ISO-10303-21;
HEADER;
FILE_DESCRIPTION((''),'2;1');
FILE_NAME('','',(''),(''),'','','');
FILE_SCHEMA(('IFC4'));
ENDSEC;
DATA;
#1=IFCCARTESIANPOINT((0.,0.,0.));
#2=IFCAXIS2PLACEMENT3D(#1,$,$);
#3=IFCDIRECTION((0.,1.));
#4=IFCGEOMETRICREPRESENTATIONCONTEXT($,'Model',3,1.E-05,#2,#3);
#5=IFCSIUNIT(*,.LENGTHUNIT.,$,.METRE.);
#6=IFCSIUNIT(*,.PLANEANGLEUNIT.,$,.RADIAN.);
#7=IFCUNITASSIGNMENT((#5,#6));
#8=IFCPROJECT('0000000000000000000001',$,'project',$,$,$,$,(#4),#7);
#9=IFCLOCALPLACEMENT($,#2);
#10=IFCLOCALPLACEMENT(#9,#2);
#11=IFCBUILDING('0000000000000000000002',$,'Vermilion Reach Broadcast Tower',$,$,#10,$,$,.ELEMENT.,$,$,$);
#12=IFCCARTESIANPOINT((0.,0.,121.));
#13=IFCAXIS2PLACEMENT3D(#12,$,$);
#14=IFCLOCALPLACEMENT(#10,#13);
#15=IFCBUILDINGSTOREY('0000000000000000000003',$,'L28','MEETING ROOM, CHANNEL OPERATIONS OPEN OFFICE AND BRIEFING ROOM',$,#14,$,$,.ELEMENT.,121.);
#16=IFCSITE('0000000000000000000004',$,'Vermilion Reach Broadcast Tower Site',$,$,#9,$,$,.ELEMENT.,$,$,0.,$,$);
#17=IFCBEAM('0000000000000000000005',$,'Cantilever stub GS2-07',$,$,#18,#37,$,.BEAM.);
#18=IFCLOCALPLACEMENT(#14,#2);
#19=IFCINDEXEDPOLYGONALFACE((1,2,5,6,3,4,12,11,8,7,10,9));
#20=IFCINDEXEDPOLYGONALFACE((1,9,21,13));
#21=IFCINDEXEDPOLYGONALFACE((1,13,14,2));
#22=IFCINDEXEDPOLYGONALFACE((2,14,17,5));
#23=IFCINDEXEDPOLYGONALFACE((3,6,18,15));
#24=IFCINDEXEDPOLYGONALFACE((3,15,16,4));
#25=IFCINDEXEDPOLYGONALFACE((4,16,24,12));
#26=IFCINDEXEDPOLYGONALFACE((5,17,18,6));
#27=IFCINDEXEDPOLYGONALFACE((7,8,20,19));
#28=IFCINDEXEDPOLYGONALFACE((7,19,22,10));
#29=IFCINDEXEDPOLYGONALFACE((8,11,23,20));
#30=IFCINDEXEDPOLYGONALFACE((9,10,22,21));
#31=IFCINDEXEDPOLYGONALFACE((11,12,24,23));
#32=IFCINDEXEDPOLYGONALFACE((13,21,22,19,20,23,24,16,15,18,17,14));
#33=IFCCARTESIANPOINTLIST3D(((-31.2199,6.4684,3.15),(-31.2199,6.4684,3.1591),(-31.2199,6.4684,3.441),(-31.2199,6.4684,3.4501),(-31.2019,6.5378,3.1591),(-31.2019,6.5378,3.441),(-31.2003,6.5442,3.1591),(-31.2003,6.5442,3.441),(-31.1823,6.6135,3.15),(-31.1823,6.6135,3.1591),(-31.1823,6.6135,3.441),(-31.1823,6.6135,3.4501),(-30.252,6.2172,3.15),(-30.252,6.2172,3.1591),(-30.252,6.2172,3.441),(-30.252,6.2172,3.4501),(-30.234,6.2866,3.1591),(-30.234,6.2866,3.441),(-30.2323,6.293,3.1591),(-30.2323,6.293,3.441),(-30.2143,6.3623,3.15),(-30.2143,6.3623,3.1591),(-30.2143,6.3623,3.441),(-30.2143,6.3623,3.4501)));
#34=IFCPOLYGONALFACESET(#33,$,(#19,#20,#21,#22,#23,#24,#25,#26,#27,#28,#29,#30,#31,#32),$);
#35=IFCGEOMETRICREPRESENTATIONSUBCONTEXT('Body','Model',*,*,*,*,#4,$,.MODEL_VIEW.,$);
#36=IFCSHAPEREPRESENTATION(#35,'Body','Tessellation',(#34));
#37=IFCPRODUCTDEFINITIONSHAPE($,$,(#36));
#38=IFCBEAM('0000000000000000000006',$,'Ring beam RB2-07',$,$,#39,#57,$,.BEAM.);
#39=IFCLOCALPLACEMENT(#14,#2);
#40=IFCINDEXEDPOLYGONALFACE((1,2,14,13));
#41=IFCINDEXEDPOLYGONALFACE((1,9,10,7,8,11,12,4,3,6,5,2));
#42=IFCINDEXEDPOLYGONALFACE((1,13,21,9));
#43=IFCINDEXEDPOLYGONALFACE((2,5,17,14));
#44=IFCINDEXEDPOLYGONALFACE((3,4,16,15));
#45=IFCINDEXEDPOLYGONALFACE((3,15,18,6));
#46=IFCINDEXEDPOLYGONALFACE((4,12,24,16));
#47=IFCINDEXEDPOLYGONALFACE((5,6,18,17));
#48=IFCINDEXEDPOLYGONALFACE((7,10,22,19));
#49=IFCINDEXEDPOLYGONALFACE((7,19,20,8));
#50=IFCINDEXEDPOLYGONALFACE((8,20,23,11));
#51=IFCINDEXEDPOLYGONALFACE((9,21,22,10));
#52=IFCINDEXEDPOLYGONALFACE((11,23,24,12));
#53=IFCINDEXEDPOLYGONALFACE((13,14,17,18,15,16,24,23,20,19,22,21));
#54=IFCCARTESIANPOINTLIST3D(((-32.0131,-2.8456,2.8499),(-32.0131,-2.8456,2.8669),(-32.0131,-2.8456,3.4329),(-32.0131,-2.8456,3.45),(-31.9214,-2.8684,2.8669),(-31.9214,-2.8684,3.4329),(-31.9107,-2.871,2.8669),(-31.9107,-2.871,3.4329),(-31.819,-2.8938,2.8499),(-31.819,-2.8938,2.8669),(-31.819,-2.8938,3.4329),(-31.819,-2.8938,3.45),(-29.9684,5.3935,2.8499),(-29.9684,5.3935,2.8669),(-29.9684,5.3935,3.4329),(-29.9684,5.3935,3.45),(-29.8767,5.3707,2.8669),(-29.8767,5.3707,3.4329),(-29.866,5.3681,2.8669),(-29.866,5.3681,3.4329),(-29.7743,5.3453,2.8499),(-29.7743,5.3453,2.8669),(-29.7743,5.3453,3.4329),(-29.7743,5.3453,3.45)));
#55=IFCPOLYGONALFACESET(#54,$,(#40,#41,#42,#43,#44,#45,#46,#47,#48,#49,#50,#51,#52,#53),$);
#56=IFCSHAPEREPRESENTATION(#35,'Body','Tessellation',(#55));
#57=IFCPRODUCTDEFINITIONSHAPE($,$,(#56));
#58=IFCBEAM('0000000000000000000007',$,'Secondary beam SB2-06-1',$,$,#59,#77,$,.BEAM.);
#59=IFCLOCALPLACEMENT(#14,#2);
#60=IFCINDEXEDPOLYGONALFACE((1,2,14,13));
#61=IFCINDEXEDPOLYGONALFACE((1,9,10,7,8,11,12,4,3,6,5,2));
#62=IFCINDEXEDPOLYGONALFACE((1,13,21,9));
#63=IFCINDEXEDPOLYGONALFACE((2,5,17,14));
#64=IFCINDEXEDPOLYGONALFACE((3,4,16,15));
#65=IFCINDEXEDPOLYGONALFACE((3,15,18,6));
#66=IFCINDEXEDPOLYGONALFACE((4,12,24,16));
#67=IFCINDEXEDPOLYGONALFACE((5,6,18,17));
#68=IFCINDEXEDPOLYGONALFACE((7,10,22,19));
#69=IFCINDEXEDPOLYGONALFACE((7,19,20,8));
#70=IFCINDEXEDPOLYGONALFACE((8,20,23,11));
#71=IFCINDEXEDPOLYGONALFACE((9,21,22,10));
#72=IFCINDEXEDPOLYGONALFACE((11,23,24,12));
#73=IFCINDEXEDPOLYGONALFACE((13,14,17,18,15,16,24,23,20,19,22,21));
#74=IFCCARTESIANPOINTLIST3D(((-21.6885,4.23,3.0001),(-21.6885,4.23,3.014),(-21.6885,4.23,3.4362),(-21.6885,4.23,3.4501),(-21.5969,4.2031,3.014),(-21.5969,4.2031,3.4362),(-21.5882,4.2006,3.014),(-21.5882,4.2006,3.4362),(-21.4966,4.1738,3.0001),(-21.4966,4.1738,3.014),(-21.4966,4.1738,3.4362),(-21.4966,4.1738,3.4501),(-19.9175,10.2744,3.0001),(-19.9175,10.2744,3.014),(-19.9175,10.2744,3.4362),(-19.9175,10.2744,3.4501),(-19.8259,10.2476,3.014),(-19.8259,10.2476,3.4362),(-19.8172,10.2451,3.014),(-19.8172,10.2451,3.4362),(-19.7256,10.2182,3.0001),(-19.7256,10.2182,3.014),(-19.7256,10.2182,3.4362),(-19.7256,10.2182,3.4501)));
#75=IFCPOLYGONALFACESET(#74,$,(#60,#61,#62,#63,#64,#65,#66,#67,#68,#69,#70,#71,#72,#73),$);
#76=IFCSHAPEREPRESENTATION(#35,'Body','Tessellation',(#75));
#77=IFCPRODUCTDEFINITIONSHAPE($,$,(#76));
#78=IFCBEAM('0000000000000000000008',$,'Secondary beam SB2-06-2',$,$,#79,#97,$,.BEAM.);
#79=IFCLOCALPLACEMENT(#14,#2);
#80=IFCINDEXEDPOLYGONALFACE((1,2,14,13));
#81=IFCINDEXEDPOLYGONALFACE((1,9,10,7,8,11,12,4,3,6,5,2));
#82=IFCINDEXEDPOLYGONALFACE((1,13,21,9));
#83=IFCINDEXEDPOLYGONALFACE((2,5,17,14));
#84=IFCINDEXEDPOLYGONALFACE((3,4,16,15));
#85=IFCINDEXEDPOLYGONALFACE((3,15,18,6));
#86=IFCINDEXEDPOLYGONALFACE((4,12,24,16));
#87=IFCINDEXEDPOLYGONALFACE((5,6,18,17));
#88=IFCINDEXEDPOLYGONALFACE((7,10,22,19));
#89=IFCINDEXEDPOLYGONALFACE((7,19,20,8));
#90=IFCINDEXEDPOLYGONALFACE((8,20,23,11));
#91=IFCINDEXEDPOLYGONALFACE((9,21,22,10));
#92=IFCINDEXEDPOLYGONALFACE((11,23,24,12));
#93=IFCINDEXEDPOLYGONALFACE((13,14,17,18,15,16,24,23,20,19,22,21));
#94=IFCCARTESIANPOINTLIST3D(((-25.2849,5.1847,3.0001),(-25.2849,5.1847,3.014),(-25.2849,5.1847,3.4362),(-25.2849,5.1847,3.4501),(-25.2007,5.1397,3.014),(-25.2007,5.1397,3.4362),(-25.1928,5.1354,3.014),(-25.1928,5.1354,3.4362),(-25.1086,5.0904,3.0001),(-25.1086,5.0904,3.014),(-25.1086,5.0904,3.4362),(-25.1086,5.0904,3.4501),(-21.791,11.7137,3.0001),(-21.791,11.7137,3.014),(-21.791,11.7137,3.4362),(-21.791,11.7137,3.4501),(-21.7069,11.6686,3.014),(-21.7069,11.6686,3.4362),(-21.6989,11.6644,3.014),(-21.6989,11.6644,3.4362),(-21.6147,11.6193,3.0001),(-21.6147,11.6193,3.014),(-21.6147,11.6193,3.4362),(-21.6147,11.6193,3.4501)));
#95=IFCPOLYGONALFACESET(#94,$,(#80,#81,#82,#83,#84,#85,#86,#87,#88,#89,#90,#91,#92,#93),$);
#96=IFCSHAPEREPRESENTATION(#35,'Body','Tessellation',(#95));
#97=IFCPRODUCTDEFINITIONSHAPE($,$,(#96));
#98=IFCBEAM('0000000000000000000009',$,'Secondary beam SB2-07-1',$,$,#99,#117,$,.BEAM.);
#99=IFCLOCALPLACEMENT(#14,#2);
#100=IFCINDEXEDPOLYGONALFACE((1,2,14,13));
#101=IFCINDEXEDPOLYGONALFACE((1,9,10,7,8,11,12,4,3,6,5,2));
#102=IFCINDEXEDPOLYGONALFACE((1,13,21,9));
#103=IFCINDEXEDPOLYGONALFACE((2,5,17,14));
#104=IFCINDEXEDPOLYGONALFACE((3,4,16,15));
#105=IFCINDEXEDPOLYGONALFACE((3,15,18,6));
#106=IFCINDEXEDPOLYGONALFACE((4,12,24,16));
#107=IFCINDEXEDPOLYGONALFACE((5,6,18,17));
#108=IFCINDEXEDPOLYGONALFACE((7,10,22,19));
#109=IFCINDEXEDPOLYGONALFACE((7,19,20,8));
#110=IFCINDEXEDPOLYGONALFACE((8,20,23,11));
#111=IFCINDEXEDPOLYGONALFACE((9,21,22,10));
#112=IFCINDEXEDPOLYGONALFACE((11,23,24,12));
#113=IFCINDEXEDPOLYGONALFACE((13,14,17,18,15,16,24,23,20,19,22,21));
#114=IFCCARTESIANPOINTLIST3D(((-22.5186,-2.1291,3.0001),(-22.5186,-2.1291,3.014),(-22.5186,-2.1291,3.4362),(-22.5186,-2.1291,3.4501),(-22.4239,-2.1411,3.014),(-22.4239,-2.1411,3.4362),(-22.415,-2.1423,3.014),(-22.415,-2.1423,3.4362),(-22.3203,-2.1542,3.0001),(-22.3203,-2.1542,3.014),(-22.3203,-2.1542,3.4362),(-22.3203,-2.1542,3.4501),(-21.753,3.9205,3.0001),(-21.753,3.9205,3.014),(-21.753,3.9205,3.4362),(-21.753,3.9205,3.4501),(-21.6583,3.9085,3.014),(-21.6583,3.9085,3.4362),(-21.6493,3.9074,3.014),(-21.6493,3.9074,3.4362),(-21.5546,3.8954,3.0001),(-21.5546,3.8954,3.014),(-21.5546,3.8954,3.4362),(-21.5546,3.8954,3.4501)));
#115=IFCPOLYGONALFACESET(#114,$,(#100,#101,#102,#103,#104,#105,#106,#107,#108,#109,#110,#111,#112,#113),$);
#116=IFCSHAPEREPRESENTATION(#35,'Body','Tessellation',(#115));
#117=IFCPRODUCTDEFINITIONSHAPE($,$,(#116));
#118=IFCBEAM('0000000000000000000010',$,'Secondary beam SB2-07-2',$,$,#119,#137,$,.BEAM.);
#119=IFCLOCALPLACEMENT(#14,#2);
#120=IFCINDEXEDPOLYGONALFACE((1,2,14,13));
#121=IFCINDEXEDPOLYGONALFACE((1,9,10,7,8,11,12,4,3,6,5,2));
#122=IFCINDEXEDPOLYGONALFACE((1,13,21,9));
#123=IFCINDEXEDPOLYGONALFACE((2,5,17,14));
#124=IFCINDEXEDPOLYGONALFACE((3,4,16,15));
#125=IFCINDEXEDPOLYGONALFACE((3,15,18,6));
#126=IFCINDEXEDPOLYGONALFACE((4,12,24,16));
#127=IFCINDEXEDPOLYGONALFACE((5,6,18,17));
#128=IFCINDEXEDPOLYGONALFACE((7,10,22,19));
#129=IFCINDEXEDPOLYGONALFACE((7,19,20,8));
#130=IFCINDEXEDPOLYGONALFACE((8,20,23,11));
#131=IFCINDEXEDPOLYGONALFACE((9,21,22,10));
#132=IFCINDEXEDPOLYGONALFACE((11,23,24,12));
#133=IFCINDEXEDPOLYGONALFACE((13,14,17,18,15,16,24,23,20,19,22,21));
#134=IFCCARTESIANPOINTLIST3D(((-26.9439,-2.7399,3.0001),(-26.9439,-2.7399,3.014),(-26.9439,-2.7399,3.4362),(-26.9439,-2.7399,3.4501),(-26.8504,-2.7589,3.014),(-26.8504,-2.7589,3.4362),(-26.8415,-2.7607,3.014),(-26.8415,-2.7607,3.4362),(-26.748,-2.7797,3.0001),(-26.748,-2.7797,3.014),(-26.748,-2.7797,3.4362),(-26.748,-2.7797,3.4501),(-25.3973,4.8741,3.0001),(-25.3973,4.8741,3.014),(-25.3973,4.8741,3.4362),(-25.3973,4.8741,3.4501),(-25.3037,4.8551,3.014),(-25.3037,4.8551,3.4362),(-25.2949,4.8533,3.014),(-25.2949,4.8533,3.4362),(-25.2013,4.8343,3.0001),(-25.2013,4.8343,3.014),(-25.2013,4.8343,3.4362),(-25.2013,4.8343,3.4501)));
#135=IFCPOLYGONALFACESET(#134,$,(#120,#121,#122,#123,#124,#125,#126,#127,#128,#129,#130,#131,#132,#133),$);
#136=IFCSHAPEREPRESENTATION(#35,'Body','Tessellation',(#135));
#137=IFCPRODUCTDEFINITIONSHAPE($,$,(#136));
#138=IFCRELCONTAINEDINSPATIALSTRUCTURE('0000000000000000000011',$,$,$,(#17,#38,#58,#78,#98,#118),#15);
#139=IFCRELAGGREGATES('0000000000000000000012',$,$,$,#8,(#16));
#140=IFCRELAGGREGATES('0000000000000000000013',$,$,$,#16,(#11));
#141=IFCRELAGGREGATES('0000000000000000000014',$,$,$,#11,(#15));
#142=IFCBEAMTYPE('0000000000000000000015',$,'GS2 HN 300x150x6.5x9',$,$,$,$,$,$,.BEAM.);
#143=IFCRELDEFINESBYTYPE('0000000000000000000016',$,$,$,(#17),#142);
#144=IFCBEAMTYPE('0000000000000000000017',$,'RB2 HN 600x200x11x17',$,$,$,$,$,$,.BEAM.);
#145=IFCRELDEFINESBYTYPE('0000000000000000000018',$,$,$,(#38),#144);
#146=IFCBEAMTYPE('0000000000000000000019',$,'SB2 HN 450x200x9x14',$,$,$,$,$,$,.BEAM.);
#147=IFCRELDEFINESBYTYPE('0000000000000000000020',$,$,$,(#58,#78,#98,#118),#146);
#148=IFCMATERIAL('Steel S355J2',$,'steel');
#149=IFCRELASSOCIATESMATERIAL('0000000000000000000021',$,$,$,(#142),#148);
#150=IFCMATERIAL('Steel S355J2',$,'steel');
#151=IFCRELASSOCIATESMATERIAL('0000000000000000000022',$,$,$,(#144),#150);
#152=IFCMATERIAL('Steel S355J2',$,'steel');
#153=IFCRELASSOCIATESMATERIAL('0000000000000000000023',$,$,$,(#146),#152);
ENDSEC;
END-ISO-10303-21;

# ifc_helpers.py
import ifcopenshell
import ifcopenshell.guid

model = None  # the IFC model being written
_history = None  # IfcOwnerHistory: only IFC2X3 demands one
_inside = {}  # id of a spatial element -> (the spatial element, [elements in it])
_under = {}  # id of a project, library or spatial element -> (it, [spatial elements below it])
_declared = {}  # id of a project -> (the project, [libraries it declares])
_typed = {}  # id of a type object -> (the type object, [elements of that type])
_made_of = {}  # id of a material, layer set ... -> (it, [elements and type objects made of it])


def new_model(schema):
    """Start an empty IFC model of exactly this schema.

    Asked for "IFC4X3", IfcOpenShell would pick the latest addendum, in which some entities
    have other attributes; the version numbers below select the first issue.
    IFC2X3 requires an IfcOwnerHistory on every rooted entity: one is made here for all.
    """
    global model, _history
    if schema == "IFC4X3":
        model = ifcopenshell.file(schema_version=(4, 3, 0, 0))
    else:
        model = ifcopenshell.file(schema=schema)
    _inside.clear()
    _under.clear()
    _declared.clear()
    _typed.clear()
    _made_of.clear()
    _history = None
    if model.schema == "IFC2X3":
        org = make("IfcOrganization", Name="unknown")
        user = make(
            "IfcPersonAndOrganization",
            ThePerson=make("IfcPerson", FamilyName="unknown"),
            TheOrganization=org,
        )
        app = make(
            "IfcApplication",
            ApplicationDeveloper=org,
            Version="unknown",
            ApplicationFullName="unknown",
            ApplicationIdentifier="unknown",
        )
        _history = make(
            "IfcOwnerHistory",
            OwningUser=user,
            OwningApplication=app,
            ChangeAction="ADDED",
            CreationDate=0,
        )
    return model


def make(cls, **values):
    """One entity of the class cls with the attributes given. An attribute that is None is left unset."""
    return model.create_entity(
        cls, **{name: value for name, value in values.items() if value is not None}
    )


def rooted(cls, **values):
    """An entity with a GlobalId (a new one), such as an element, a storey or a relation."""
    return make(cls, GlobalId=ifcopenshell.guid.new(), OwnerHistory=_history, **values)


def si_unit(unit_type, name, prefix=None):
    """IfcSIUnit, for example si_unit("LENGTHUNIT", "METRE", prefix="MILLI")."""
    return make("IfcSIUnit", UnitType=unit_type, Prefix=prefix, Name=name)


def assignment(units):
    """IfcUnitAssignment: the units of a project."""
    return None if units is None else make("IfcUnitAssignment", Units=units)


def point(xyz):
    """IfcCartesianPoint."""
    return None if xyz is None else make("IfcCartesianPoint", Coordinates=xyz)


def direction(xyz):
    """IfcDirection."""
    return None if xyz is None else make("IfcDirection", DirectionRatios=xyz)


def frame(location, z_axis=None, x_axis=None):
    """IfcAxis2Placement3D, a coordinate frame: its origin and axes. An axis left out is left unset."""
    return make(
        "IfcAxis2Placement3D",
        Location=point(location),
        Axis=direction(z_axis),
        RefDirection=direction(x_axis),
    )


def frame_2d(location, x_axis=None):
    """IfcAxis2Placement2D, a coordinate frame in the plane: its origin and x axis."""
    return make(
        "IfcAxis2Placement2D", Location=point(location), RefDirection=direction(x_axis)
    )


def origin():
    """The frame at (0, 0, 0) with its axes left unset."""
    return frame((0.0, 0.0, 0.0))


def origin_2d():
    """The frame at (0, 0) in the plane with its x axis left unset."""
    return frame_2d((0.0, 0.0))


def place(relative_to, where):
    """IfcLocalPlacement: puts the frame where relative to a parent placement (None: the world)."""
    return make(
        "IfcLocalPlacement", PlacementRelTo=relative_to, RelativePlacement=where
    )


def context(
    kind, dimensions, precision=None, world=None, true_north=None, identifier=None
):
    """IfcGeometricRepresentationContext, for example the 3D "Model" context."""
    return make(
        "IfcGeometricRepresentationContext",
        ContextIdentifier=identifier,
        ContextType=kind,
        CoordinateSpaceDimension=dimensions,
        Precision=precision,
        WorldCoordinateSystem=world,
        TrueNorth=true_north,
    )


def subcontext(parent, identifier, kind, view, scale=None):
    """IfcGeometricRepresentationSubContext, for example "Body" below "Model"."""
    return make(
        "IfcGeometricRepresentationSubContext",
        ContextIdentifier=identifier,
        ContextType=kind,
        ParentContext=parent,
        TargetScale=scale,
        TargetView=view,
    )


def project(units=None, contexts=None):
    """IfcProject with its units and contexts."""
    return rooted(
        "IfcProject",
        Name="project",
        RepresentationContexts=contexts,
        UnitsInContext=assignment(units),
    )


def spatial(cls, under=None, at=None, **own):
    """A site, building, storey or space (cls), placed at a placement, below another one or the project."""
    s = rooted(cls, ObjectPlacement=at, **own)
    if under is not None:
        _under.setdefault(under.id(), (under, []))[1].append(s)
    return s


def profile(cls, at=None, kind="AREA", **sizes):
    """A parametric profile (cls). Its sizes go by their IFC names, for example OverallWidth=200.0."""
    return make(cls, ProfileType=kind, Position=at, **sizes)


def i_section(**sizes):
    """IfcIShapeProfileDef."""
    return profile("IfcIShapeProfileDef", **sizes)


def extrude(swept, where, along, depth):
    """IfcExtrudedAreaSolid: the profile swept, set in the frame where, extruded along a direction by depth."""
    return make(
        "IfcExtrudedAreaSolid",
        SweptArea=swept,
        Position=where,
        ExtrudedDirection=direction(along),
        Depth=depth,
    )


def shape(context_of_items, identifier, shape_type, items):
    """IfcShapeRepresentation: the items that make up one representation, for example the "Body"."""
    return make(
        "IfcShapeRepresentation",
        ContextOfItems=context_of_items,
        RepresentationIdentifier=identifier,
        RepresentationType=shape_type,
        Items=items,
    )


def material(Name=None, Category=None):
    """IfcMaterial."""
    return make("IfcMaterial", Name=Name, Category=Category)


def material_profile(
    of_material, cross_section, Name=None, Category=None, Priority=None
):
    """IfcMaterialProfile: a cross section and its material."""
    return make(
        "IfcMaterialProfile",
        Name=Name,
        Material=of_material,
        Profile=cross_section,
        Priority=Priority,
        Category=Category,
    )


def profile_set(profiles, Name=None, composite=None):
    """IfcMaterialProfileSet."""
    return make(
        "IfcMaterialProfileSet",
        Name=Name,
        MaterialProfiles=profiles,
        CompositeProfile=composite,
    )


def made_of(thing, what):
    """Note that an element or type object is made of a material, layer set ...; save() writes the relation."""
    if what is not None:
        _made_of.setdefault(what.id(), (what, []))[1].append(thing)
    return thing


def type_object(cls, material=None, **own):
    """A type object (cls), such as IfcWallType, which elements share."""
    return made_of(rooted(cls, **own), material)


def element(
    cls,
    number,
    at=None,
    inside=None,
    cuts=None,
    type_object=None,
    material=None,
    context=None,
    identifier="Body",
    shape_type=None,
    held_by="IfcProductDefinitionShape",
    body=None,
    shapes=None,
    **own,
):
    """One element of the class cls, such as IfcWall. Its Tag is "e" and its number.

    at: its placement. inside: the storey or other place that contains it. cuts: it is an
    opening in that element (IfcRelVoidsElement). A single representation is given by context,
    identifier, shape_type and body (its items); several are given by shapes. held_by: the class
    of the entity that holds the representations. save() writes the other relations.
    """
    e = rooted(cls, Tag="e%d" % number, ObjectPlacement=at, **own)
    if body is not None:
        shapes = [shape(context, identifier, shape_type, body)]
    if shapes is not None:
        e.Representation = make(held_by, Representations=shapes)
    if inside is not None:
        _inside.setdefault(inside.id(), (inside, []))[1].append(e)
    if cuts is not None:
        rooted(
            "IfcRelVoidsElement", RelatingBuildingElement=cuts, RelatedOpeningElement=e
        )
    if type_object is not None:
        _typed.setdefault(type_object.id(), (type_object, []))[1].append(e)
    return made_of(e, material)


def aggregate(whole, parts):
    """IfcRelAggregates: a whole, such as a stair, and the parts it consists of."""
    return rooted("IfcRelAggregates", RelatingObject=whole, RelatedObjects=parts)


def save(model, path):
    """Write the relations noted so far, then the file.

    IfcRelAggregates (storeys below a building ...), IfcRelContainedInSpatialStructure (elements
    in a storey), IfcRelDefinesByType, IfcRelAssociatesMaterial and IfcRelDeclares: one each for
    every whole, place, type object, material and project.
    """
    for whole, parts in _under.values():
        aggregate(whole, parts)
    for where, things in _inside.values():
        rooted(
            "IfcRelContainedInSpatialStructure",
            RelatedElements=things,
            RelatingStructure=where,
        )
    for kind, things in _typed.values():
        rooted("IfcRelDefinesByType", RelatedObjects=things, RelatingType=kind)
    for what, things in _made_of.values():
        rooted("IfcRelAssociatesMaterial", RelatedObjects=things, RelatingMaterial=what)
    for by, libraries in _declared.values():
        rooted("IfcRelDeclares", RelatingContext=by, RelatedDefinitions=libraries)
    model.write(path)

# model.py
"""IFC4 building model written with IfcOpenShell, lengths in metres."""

from ifc_helpers import new_model, si_unit, direction, frame, origin, origin_2d, place, context, subcontext, project, spatial, i_section, extrude, material, material_profile, profile_set, type_object, element, save


model = new_model("IFC4")

# Units and contexts
model_context = context("Model", 3, precision=1e-05, world=origin(), true_north=direction((0.0, 1.0)))
body_context = subcontext(model_context, "Body", "Model", "MODEL_VIEW")
ifc_project = project(units=[si_unit("LENGTHUNIT", "METRE"), si_unit("PLANEANGLEUNIT", "RADIAN")], contexts=[model_context])

# Site, building, storey
site_placement = place(None, origin())
site = spatial("IfcSite", under=ifc_project, at=site_placement, Name="Vermilion Reach Broadcast Tower Site", CompositionType="ELEMENT", RefElevation=0.0)
building_placement = place(site_placement, origin())
building = spatial("IfcBuilding", under=site, at=building_placement, Name="Vermilion Reach Broadcast Tower", CompositionType="ELEMENT")
storey_placement = place(building_placement, frame((0.0, 0.0, 121.0)))
storey = spatial("IfcBuildingStorey", under=building, at=storey_placement, Name="L28", Description="MEETING ROOM, CHANNEL OPERATIONS OPEN OFFICE AND BRIEFING ROOM", CompositionType="ELEMENT", Elevation=121.0)

# Beams
ifc_material_1 = material(Name="Steel S355J2", Category="steel")
ifc_material_profile_1 = material_profile(ifc_material_1, i_section(OverallWidth=0.1499, OverallDepth=0.3, WebThickness=0.0066, FlangeThickness=0.009, at=origin_2d()), Name="S355J2 HN 300x150x6.5x9")
ifc_profile_set_1 = profile_set([ifc_material_profile_1], Name="Steel S355J2")
beam_type_1 = type_object("IfcBeamType", Name="GS2 HN 300x150x6.5x9", PredefinedType="BEAM", material=ifc_profile_set_1)
beam_1_placement = place(storey_placement, frame((-30.2332, 6.2898, 3.3), z_axis=(-0.967935, 0.251199, 0.0), x_axis=(-0.251199, -0.967935, 0.0)))
element("IfcBeam", 1, at=beam_1_placement, inside=storey, type_object=beam_type_1, Name="Cantilever stub GS2-07", PredefinedType="BEAM", context=body_context, shape_type="SweptSolid", body=[
    extrude(i_section(OverallWidth=0.1499, OverallDepth=0.3, WebThickness=0.0066, FlangeThickness=0.009, at=origin_2d()), origin(), (0.0, 0.0, 1.0), 1.0),
])
ifc_material_2 = material(Name="Steel S355J2", Category="steel")
ifc_material_profile_2 = material_profile(ifc_material_2, i_section(OverallWidth=0.2, OverallDepth=0.6001, WebThickness=0.011, FlangeThickness=0.0171, at=origin_2d()), Name="S355J2 HN 600x200x11x17")
ifc_profile_set_2 = profile_set([ifc_material_profile_2], Name="Steel S355J2")
beam_type_2 = type_object("IfcBeamType", Name="RB2 HN 600x200x11x17", PredefinedType="BEAM", material=ifc_profile_set_2)
beam_2_placement = place(storey_placement, frame((-29.8713, 5.3694, 3.1499), z_axis=(-0.240864, -0.970559, 0.0), x_axis=(0.970559, -0.240864, 0.0)))
element("IfcBeam", 2, at=beam_2_placement, inside=storey, type_object=beam_type_2, Name="Ring beam RB2-07", PredefinedType="BEAM", context=body_context, shape_type="SweptSolid", body=[
    extrude(i_section(OverallWidth=0.2, OverallDepth=0.6001, WebThickness=0.011, FlangeThickness=0.0171, at=origin_2d()), origin(), (0.0, 0.0, 1.0), 8.489),
])
ifc_material_3 = material(Name="Steel S355J2", Category="steel")
ifc_material_profile_3 = material_profile(ifc_material_3, i_section(OverallWidth=0.2, OverallDepth=0.45, WebThickness=0.009, FlangeThickness=0.0139, at=origin_2d()), Name="S355J2 HN 450x200x9x14")
ifc_profile_set_3 = profile_set([ifc_material_profile_3], Name="Steel S355J2")
beam_type_3 = type_object("IfcBeamType", Name="SB2 HN 450x200x9x14", PredefinedType="BEAM", material=ifc_profile_set_3)
beam_3_placement = place(storey_placement, frame((-19.8215, 10.2463, 3.2251), z_axis=(-0.281176, -0.959656, 0.0), x_axis=(0.959656, -0.281176, 0.0)))
element("IfcBeam", 3, at=beam_3_placement, inside=storey, type_object=beam_type_3, Name="Secondary beam SB2-06-1", PredefinedType="BEAM", context=body_context, shape_type="SweptSolid", body=[
    extrude(i_section(OverallWidth=0.2, OverallDepth=0.45, WebThickness=0.009, FlangeThickness=0.0139, at=origin_2d()), origin(), (0.0, 0.0, 1.0), 6.2986),
])
beam_4_placement = place(storey_placement, frame((-21.7029, 11.6665, 3.2251), z_axis=(-0.471822, -0.881694, 0.0), x_axis=(0.881694, -0.471822, 0.0)))
element("IfcBeam", 4, at=beam_4_placement, inside=storey, type_object=beam_type_3, Name="Secondary beam SB2-06-2", PredefinedType="BEAM", context=body_context, shape_type="SweptSolid", body=[
    extrude(i_section(OverallWidth=0.2, OverallDepth=0.45, WebThickness=0.009, FlangeThickness=0.0139, at=origin_2d()), origin(), (0.0, 0.0, 1.0), 7.405),
])
beam_5_placement = place(storey_placement, frame((-21.6538, 3.908, 3.2251), z_axis=(-0.125557, -0.992086, 0.0), x_axis=(0.992086, -0.125557, 0.0)))
element("IfcBeam", 5, at=beam_5_placement, inside=storey, type_object=beam_type_3, Name="Secondary beam SB2-07-1", PredefinedType="BEAM", context=body_context, shape_type="SweptSolid", body=[
    extrude(i_section(OverallWidth=0.2, OverallDepth=0.45, WebThickness=0.009, FlangeThickness=0.0139, at=origin_2d()), origin(), (0.0, 0.0, 1.0), 6.0979),
])
beam_6_placement = place(storey_placement, frame((-25.2993, 4.8542, 3.2251), z_axis=(-0.199064, -0.979986, 0.0), x_axis=(0.979986, -0.199064, 0.0)))
element("IfcBeam", 6, at=beam_6_placement, inside=storey, type_object=beam_type_3, Name="Secondary beam SB2-07-2", PredefinedType="BEAM", context=body_context, shape_type="SweptSolid", body=[
    extrude(i_section(OverallWidth=0.2, OverallDepth=0.45, WebThickness=0.009, FlangeThickness=0.0139, at=origin_2d()), origin(), (0.0, 0.0, 1.0), 7.7695),
])

save(model, "model.ifc")
